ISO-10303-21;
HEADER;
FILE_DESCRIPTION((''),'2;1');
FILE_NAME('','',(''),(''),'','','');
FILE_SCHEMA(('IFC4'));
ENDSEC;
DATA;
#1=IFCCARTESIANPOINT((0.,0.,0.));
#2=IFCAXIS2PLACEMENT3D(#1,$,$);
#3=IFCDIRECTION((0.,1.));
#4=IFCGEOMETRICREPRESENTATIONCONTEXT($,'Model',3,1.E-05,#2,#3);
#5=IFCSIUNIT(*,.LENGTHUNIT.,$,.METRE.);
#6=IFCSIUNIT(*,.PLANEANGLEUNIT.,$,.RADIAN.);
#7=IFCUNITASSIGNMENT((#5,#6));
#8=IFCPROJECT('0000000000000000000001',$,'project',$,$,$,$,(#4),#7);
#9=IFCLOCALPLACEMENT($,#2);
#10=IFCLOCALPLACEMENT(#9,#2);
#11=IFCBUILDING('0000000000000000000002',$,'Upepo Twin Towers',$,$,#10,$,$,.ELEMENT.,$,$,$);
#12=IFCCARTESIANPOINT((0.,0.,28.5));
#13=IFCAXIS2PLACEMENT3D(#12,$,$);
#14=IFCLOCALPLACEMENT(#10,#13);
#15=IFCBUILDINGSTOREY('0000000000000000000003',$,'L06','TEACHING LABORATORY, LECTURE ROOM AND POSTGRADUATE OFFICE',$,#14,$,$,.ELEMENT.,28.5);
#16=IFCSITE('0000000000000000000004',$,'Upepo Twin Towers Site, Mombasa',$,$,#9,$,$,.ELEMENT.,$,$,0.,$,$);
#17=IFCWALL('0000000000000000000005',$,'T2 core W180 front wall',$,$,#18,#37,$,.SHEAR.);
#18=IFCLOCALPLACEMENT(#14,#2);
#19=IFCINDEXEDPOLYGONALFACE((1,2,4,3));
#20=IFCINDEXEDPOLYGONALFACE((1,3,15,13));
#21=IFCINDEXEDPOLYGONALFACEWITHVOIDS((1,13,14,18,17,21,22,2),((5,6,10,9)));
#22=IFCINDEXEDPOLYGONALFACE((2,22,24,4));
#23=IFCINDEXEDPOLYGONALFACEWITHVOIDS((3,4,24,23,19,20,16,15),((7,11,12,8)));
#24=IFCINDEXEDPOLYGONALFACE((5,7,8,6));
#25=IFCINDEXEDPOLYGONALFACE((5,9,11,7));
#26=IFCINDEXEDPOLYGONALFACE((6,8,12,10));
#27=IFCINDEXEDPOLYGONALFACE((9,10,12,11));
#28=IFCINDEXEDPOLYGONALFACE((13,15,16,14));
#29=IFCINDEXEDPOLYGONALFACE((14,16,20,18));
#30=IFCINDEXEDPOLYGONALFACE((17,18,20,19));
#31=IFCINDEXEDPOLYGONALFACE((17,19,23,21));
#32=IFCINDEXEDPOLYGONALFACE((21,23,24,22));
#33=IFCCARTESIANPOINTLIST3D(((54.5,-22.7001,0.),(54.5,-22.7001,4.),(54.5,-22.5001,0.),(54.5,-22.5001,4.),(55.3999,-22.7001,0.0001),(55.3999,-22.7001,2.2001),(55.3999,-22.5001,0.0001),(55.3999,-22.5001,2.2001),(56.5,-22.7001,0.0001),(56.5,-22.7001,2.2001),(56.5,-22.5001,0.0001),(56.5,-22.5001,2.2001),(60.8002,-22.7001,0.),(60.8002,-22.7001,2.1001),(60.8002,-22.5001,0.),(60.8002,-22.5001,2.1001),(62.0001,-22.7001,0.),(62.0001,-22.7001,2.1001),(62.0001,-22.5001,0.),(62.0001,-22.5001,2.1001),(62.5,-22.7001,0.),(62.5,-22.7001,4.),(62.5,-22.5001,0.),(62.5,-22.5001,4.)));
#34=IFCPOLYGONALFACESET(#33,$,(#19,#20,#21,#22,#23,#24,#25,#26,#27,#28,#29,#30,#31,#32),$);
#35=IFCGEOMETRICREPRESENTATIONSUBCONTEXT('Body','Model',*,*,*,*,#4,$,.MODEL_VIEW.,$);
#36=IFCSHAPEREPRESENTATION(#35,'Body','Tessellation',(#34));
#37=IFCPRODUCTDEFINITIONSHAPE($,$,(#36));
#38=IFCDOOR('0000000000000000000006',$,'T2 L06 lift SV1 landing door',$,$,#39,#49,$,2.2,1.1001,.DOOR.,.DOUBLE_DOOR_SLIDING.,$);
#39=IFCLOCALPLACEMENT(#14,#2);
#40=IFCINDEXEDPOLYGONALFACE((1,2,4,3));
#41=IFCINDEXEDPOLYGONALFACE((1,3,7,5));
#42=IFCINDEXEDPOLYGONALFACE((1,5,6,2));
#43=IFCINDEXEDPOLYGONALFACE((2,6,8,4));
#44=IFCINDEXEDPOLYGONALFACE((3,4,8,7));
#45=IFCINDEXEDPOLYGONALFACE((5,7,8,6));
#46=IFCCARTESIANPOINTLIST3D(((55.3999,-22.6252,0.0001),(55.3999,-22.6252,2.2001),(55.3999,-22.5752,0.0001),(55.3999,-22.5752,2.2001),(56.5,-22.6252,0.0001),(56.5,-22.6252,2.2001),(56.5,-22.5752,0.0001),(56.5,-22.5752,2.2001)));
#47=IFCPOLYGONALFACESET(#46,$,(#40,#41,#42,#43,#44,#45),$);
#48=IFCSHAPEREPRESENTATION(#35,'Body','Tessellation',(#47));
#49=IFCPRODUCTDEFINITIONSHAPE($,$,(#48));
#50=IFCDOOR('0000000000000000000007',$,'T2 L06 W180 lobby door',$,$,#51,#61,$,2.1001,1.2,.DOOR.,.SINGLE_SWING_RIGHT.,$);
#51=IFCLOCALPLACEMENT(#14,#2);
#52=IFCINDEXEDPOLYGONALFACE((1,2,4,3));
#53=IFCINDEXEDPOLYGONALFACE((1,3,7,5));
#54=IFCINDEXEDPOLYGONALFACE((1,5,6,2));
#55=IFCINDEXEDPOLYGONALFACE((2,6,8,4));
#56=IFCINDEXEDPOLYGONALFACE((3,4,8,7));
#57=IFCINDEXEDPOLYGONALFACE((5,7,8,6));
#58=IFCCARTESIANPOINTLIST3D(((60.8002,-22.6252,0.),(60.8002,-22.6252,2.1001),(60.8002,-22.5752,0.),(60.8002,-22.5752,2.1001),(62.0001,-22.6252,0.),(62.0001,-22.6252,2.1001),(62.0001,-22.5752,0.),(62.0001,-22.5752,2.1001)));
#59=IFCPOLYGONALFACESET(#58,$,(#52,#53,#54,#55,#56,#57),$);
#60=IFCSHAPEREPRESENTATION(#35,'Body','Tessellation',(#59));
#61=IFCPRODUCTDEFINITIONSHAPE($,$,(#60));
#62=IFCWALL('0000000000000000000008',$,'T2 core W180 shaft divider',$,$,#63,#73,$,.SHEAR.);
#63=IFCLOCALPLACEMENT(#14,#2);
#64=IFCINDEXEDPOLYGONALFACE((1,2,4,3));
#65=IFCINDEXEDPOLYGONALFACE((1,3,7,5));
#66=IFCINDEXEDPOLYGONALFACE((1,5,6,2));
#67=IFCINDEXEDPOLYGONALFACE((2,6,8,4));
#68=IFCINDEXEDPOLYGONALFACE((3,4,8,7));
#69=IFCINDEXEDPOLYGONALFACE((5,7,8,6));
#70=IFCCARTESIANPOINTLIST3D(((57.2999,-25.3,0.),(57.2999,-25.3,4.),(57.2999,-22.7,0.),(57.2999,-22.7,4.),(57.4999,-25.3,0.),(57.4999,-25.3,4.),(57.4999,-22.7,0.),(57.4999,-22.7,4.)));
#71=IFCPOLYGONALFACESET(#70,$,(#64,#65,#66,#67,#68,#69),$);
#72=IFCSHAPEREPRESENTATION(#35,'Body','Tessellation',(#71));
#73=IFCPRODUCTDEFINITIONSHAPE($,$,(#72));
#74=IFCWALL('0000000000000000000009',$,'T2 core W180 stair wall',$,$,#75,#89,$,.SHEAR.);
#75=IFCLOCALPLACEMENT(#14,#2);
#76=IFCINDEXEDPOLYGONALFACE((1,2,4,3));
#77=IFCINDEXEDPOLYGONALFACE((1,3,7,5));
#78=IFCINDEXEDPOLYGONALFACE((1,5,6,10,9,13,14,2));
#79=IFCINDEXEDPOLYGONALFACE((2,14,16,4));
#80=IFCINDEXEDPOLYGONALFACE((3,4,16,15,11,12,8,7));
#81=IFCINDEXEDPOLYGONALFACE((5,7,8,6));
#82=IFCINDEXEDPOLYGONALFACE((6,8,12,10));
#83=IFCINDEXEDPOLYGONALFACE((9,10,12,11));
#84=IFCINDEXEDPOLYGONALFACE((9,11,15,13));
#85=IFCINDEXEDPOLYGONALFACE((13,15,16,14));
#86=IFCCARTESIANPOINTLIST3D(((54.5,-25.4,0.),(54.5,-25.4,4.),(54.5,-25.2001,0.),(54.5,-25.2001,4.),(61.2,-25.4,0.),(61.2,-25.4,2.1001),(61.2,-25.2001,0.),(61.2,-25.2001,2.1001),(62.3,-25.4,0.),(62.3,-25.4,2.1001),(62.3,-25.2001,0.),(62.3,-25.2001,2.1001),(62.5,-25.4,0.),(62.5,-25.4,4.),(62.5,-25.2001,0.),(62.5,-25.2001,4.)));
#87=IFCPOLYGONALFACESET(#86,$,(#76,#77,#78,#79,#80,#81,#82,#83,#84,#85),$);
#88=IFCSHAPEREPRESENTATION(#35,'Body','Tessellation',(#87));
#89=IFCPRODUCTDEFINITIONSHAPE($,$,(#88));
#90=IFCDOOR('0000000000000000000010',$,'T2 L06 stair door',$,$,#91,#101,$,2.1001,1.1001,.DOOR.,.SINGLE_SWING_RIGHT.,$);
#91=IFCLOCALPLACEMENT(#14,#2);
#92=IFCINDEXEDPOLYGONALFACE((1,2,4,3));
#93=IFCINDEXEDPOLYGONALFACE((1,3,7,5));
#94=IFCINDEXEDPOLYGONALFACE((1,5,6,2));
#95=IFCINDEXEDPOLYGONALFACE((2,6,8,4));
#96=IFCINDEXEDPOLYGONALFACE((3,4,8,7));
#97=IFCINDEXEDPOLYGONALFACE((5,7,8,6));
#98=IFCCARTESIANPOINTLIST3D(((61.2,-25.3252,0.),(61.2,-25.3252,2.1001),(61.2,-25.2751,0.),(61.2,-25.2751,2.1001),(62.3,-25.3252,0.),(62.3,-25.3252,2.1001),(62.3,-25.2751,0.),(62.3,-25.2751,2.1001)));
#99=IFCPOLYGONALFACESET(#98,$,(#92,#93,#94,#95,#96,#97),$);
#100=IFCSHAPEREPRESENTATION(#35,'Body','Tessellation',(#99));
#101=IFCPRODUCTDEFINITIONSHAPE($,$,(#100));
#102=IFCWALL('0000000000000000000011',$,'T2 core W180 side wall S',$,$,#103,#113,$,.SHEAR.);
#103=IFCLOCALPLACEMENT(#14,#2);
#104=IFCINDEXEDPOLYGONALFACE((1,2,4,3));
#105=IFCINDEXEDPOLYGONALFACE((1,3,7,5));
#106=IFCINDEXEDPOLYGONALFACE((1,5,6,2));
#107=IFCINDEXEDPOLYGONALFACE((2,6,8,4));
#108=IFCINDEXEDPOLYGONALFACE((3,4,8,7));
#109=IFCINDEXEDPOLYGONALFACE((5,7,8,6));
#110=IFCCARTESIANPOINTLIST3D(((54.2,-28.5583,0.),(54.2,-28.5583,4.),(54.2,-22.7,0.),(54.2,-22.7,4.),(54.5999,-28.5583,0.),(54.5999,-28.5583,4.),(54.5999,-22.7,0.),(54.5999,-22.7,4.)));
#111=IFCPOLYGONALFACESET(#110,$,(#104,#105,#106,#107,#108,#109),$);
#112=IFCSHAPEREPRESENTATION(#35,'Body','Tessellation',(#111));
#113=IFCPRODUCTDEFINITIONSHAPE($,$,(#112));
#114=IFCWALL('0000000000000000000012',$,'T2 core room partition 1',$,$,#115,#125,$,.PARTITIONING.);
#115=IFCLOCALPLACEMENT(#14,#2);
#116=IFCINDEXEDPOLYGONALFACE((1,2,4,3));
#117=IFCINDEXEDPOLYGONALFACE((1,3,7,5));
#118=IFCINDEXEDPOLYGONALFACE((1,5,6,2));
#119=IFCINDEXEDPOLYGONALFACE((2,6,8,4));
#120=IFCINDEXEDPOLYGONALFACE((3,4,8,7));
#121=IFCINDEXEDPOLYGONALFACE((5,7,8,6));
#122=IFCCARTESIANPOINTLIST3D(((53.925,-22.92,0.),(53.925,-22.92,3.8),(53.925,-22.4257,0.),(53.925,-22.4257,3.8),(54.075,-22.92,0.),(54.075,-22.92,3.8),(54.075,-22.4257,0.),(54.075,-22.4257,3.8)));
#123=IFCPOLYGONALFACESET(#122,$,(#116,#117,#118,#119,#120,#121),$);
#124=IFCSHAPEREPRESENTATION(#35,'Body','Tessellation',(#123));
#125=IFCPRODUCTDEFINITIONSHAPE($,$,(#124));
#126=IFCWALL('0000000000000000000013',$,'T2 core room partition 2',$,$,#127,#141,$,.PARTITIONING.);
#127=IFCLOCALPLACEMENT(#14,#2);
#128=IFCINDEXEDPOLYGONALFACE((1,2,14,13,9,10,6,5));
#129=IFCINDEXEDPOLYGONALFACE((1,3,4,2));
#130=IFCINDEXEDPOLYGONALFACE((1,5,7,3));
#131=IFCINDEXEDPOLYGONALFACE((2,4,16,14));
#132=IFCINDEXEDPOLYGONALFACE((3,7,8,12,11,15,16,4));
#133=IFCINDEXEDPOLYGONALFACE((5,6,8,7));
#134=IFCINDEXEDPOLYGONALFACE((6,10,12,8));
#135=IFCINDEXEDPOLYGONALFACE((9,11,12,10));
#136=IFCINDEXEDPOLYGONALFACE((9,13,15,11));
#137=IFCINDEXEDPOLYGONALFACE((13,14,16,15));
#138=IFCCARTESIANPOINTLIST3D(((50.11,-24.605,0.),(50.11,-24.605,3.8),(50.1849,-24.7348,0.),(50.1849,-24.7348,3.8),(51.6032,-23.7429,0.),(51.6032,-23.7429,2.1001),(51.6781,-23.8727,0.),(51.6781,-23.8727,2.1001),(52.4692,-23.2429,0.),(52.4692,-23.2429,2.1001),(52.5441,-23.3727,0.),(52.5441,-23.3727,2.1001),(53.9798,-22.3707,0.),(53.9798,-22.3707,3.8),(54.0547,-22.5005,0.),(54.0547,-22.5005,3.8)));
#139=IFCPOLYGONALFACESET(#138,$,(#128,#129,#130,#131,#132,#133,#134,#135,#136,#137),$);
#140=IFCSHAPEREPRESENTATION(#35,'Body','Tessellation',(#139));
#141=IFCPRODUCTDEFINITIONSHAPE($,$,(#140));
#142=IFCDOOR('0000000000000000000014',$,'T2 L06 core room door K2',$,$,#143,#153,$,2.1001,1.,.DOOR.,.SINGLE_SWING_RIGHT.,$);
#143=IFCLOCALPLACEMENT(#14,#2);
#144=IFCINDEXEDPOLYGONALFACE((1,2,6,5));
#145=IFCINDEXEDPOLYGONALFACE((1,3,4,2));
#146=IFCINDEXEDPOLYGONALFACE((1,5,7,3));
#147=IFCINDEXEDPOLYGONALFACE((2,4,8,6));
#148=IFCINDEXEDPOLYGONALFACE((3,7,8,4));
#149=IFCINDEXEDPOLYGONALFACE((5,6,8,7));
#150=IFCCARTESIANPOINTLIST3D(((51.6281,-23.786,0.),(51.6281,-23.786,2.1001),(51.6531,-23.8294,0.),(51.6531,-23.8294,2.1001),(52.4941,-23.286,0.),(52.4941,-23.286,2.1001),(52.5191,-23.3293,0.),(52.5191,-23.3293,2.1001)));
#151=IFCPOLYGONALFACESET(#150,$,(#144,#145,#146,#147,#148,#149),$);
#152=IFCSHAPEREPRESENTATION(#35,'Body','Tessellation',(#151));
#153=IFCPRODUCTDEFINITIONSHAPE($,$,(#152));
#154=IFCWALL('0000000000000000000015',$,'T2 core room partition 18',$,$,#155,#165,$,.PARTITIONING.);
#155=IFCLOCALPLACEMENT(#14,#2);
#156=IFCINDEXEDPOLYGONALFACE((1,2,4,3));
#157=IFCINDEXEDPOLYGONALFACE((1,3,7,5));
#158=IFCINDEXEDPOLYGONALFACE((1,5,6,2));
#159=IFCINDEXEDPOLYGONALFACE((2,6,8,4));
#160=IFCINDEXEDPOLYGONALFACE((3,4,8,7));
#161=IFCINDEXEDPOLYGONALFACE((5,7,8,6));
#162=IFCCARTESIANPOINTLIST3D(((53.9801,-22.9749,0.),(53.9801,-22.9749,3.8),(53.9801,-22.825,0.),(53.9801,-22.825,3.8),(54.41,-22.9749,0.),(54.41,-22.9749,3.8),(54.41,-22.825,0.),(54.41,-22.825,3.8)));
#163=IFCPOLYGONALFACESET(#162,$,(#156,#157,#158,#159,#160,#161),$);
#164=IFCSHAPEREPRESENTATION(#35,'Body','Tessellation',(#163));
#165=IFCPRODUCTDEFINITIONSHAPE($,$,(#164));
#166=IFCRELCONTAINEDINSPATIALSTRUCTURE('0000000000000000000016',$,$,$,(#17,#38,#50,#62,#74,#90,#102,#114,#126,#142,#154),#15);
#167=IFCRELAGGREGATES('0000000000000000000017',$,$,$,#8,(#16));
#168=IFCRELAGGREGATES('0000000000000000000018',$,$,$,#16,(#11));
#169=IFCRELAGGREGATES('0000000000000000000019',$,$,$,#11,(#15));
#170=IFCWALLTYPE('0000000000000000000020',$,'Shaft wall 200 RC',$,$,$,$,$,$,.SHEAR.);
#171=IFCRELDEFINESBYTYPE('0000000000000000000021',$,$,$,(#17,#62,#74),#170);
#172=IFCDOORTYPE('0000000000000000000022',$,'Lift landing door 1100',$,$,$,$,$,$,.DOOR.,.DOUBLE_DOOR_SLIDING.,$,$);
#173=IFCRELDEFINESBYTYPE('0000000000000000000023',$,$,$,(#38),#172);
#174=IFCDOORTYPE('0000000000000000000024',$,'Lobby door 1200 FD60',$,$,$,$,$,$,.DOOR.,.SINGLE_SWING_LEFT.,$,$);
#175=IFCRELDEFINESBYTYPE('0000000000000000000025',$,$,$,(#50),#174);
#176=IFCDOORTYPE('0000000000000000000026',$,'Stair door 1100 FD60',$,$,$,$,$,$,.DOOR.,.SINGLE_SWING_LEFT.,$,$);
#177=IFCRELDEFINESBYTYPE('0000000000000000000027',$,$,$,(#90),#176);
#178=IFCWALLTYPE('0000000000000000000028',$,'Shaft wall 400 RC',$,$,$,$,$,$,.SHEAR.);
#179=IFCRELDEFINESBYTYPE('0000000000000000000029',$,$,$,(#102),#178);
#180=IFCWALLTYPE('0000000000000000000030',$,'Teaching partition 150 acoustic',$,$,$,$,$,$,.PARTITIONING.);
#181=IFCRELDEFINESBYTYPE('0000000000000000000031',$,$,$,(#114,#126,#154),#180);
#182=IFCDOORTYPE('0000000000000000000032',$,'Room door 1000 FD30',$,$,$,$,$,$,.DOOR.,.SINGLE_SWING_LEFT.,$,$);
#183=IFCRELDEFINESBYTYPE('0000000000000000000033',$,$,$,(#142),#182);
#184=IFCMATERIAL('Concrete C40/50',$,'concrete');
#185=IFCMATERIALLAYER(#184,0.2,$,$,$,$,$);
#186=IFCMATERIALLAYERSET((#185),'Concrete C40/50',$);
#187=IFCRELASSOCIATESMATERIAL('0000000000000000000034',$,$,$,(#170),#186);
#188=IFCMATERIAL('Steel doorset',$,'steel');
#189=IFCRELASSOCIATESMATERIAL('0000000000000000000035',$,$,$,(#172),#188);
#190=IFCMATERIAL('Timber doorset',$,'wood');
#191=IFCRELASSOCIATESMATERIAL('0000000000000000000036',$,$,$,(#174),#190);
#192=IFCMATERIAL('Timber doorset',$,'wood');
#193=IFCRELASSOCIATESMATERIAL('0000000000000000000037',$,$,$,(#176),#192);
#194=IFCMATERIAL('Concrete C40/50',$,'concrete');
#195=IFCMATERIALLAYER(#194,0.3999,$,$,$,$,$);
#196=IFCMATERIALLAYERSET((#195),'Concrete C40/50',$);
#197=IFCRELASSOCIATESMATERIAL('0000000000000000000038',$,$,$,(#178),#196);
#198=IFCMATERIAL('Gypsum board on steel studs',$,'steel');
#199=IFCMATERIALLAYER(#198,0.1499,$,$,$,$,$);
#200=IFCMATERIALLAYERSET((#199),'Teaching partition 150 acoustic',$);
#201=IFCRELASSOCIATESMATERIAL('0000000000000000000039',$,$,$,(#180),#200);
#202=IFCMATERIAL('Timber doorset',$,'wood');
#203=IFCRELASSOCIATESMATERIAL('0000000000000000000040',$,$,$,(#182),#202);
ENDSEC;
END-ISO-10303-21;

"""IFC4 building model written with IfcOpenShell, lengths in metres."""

from ifc_helpers import new_model, si_unit, direction, frame, frame_2d, origin, place, context, subcontext, project, spatial, rectangle, extrude, material, layer, layer_set, type_object, element, fill, save


model = new_model("IFC4")

# Units and contexts
model_context = context("Model", 3, precision=1e-05, world=origin(), true_north=direction((0.0, 1.0)))
body_context = subcontext(model_context, "Body", "Model", "MODEL_VIEW")
ifc_project = project(units=[si_unit("LENGTHUNIT", "METRE"), si_unit("PLANEANGLEUNIT", "RADIAN")], contexts=[model_context])

# Site, building, storey
site_placement = place(None, origin())
site = spatial("IfcSite", under=ifc_project, at=site_placement, Name="Upepo Twin Towers Site, Mombasa", CompositionType="ELEMENT", RefElevation=0.0)
building_placement = place(site_placement, origin())
building = spatial("IfcBuilding", under=site, at=building_placement, Name="Upepo Twin Towers", CompositionType="ELEMENT")
storey_placement = place(building_placement, frame((0.0, 0.0, 28.5)))
storey = spatial("IfcBuildingStorey", under=building, at=storey_placement, Name="L06", Description="TEACHING LABORATORY, LECTURE ROOM AND POSTGRADUATE OFFICE", CompositionType="ELEMENT", Elevation=28.5)

# Wall, openings, doors
ifc_material_1 = material(Name="Concrete C40/50", Category="concrete")
ifc_layer_1 = layer(ifc_material_1, 0.2)
ifc_layer_set_1 = layer_set([ifc_layer_1], Name="Concrete C40/50")
wall_type_1 = type_object("IfcWallType", Name="Shaft wall 200 RC", PredefinedType="SHEAR", material=ifc_layer_set_1)
wall_1_placement = place(storey_placement, frame((54.5, -22.6001, 0.0), z_axis=(0.0, 0.0, 1.0), x_axis=(1.0, 0.0, 0.0)))
wall_1 = element("IfcWall", 1, at=wall_1_placement, inside=storey, type_object=wall_type_1, Name="T2 core W180 front wall", PredefinedType="SHEAR", context=body_context, shape_type="SweptSolid", body=[
    extrude(rectangle(XDim=8.0, YDim=0.2, at=frame_2d((4.0, 0.0))), origin(), (0.0, 0.0, 1.0), 4.0),
])
opening_1_placement = place(wall_1_placement, frame((6.3, 0.0, 0.0)))
opening_1 = element("IfcOpeningElement", 2, at=opening_1_placement, cuts=wall_1, PredefinedType="OPENING", context=body_context, shape_type="SweptSolid", body=[
    extrude(rectangle(XDim=1.2, YDim=2.1001, at=frame_2d((0.6001, 1.05))), frame((0.0, 0.1099, 0.0), z_axis=(0.0, -1.0, 0.0), x_axis=(1.0, 0.0, 0.0)), (0.0, 0.0, 1.0), 0.22),
])
opening_2_placement = place(wall_1_placement, frame((0.8999, 0.0, 0.0)))
opening_2 = element("IfcOpeningElement", 3, at=opening_2_placement, cuts=wall_1, PredefinedType="OPENING", context=body_context, shape_type="SweptSolid", body=[
    extrude(rectangle(XDim=1.1001, YDim=2.2, at=frame_2d((0.55, 1.1001))), frame((0.0, 0.1099, 0.0), z_axis=(0.0, -1.0, 0.0), x_axis=(1.0, 0.0, 0.0)), (0.0, 0.0, 1.0), 0.22),
])
ifc_material_2 = material(Name="Steel doorset", Category="steel")
door_type_1 = type_object("IfcDoorType", Name="Lift landing door 1100", OperationType="DOUBLE_DOOR_SLIDING", PredefinedType="DOOR", material=ifc_material_2)
door_1_placement = place(opening_2_placement, origin())
door_1 = element("IfcDoor", 4, at=door_1_placement, inside=storey, type_object=door_type_1, Name="T2 L06 lift SV1 landing door", OperationType="DOUBLE_DOOR_SLIDING", OverallHeight=2.2, OverallWidth=1.1001, PredefinedType="DOOR", context=body_context, shape_type="SweptSolid", body=[
    extrude(rectangle(XDim=1.1001, YDim=2.2, at=frame_2d((0.55, 1.1001))), frame((0.0, 0.0249, 0.0), z_axis=(0.0, -1.0, 0.0), x_axis=(1.0, 0.0, 0.0)), (0.0, 0.0, 1.0), 0.05),
])
fill(opening_2, door_1)
ifc_material_3 = material(Name="Timber doorset", Category="wood")
door_type_2 = type_object("IfcDoorType", Name="Lobby door 1200 FD60", OperationType="SINGLE_SWING_LEFT", PredefinedType="DOOR", material=ifc_material_3)
door_2_placement = place(opening_1_placement, origin())
door_2 = element("IfcDoor", 5, at=door_2_placement, inside=storey, type_object=door_type_2, Name="T2 L06 W180 lobby door", OperationType="SINGLE_SWING_RIGHT", OverallHeight=2.1001, OverallWidth=1.2, PredefinedType="DOOR", context=body_context, shape_type="SweptSolid", body=[
    extrude(rectangle(XDim=1.2, YDim=2.1001, at=frame_2d((0.6001, 1.05))), frame((0.0, 0.0249, 0.0), z_axis=(0.0, -1.0, 0.0), x_axis=(1.0, 0.0, 0.0)), (0.0, 0.0, 1.0), 0.05),
])
fill(opening_1, door_2)

# Wall
wall_2_placement = place(storey_placement, frame((57.3999, -22.7, 0.0), z_axis=(0.0, 0.0, 1.0), x_axis=(0.0, -1.0, 0.0)))
element("IfcWall", 6, at=wall_2_placement, inside=storey, type_object=wall_type_1, Name="T2 core W180 shaft divider", PredefinedType="SHEAR", context=body_context, shape_type="SweptSolid", body=[
    extrude(rectangle(XDim=2.6001, YDim=0.2, at=frame_2d((1.3, 0.0))), origin(), (0.0, 0.0, 1.0), 4.0),
])

# Wall, opening, door
wall_3_placement = place(storey_placement, frame((54.5, -25.3, 0.0), z_axis=(0.0, 0.0, 1.0), x_axis=(1.0, 0.0, 0.0)))
wall_3 = element("IfcWall", 7, at=wall_3_placement, inside=storey, type_object=wall_type_1, Name="T2 core W180 stair wall", PredefinedType="SHEAR", context=body_context, shape_type="SweptSolid", body=[
    extrude(rectangle(XDim=8.0, YDim=0.2, at=frame_2d((4.0, 0.0))), origin(), (0.0, 0.0, 1.0), 4.0),
])
opening_3_placement = place(wall_3_placement, frame((6.7, 0.0, 0.0)))
opening_3 = element("IfcOpeningElement", 8, at=opening_3_placement, cuts=wall_3, PredefinedType="OPENING", context=body_context, shape_type="SweptSolid", body=[
    extrude(rectangle(XDim=1.1001, YDim=2.1001, at=frame_2d((0.55, 1.05))), frame((0.0, 0.1099, 0.0), z_axis=(0.0, -1.0, 0.0), x_axis=(1.0, 0.0, 0.0)), (0.0, 0.0, 1.0), 0.22),
])
ifc_material_4 = material(Name="Timber doorset", Category="wood")
door_type_3 = type_object("IfcDoorType", Name="Stair door 1100 FD60", OperationType="SINGLE_SWING_LEFT", PredefinedType="DOOR", material=ifc_material_4)
door_3_placement = place(opening_3_placement, origin())
door_3 = element("IfcDoor", 9, at=door_3_placement, inside=storey, type_object=door_type_3, Name="T2 L06 stair door", OperationType="SINGLE_SWING_RIGHT", OverallHeight=2.1001, OverallWidth=1.1001, PredefinedType="DOOR", context=body_context, shape_type="SweptSolid", body=[
    extrude(rectangle(XDim=1.1001, YDim=2.1001, at=frame_2d((0.55, 1.05))), frame((0.0, 0.0249, 0.0), z_axis=(0.0, -1.0, 0.0), x_axis=(1.0, 0.0, 0.0)), (0.0, 0.0, 1.0), 0.05),
])
fill(opening_3, door_3)

# Walls
ifc_material_5 = material(Name="Concrete C40/50", Category="concrete")
ifc_layer_2 = layer(ifc_material_5, 0.3999)
ifc_layer_set_2 = layer_set([ifc_layer_2], Name="Concrete C40/50")
wall_type_2 = type_object("IfcWallType", Name="Shaft wall 400 RC", PredefinedType="SHEAR", material=ifc_layer_set_2)
wall_4_placement = place(storey_placement, frame((54.3999, -22.7, 0.0), z_axis=(0.0, 0.0, 1.0), x_axis=(0.0, -1.0, 0.0)))
element("IfcWall", 10, at=wall_4_placement, inside=storey, type_object=wall_type_2, Name="T2 core W180 side wall S", PredefinedType="SHEAR", context=body_context, shape_type="SweptSolid", body=[
    extrude(rectangle(XDim=5.8584, YDim=0.3999, at=frame_2d((2.9292, 0.0))), origin(), (0.0, 0.0, 1.0), 4.0),
])
ifc_material_6 = material(Name="Gypsum board on steel studs", Category="steel")
ifc_layer_3 = layer(ifc_material_6, 0.1499)
ifc_layer_set_3 = layer_set([ifc_layer_3], Name="Teaching partition 150 acoustic")
wall_type_3 = type_object("IfcWallType", Name="Teaching partition 150 acoustic", PredefinedType="PARTITIONING", material=ifc_layer_set_3)
wall_5_placement = place(storey_placement, frame((54.0, -22.9199, 0.0), z_axis=(0.0, 0.0, 1.0), x_axis=(0.0, 1.0, 0.0)))
element("IfcWall", 11, at=wall_5_placement, inside=storey, type_object=wall_type_3, Name="T2 core room partition 1", PredefinedType="PARTITIONING", context=body_context, shape_type="SweptSolid", body=[
    extrude(rectangle(XDim=0.4944, YDim=0.1499, at=frame_2d((0.2471, 0.0))), origin(), (0.0, 0.0, 1.0), 3.8),
])

# Wall, opening, door
wall_6_placement = place(storey_placement, frame((54.0173, -22.4355, 0.0), z_axis=(0.0, 0.0, 1.0), x_axis=(-0.866015, -0.500017, 0.0)))
wall_6 = element("IfcWall", 12, at=wall_6_placement, inside=storey, type_object=wall_type_3, Name="T2 core room partition 2", PredefinedType="PARTITIONING", context=body_context, shape_type="SweptSolid", body=[
    extrude(rectangle(XDim=4.4685, YDim=0.1499, at=frame_2d((2.2344, 0.0))), origin(), (0.0, 0.0, 1.0), 3.8),
])
opening_4_placement = place(wall_6_placement, frame((1.7444, 0.0, 0.0)))
opening_4 = element("IfcOpeningElement", 13, at=opening_4_placement, cuts=wall_6, PredefinedType="OPENING", context=body_context, shape_type="SweptSolid", body=[
    extrude(rectangle(XDim=1.0, YDim=2.1001, at=frame_2d((0.5, 1.05))), frame((0.0, 0.085, 0.0), z_axis=(0.0, -1.0, 0.0), x_axis=(1.0, 0.0, 0.0)), (0.0, 0.0, 1.0), 0.1699),
])
ifc_material_7 = material(Name="Timber doorset", Category="wood")
door_type_4 = type_object("IfcDoorType", Name="Room door 1000 FD30", OperationType="SINGLE_SWING_LEFT", PredefinedType="DOOR", material=ifc_material_7)
door_4_placement = place(opening_4_placement, origin())
door_4 = element("IfcDoor", 14, at=door_4_placement, inside=storey, type_object=door_type_4, Name="T2 L06 core room door K2", OperationType="SINGLE_SWING_RIGHT", OverallHeight=2.1001, OverallWidth=1.0, PredefinedType="DOOR", context=body_context, shape_type="SweptSolid", body=[
    extrude(rectangle(XDim=1.0, YDim=2.1001, at=frame_2d((0.5, 1.05))), frame((0.0, 0.0249, 0.0), z_axis=(0.0, -1.0, 0.0), x_axis=(1.0, 0.0, 0.0)), (0.0, 0.0, 1.0), 0.05),
])
fill(opening_4, door_4)

# Wall
wall_7_placement = place(storey_placement, frame((54.4099, -22.8999, 0.0), z_axis=(0.0, 0.0, 1.0), x_axis=(-1.0, 0.0, 0.0)))
element("IfcWall", 15, at=wall_7_placement, inside=storey, type_object=wall_type_3, Name="T2 core room partition 18", PredefinedType="PARTITIONING", context=body_context, shape_type="SweptSolid", body=[
    extrude(rectangle(XDim=0.4299, YDim=0.1499, at=frame_2d((0.2148, 0.0))), origin(), (0.0, 0.0, 1.0), 3.8),
])

save(model, "model.ifc")
